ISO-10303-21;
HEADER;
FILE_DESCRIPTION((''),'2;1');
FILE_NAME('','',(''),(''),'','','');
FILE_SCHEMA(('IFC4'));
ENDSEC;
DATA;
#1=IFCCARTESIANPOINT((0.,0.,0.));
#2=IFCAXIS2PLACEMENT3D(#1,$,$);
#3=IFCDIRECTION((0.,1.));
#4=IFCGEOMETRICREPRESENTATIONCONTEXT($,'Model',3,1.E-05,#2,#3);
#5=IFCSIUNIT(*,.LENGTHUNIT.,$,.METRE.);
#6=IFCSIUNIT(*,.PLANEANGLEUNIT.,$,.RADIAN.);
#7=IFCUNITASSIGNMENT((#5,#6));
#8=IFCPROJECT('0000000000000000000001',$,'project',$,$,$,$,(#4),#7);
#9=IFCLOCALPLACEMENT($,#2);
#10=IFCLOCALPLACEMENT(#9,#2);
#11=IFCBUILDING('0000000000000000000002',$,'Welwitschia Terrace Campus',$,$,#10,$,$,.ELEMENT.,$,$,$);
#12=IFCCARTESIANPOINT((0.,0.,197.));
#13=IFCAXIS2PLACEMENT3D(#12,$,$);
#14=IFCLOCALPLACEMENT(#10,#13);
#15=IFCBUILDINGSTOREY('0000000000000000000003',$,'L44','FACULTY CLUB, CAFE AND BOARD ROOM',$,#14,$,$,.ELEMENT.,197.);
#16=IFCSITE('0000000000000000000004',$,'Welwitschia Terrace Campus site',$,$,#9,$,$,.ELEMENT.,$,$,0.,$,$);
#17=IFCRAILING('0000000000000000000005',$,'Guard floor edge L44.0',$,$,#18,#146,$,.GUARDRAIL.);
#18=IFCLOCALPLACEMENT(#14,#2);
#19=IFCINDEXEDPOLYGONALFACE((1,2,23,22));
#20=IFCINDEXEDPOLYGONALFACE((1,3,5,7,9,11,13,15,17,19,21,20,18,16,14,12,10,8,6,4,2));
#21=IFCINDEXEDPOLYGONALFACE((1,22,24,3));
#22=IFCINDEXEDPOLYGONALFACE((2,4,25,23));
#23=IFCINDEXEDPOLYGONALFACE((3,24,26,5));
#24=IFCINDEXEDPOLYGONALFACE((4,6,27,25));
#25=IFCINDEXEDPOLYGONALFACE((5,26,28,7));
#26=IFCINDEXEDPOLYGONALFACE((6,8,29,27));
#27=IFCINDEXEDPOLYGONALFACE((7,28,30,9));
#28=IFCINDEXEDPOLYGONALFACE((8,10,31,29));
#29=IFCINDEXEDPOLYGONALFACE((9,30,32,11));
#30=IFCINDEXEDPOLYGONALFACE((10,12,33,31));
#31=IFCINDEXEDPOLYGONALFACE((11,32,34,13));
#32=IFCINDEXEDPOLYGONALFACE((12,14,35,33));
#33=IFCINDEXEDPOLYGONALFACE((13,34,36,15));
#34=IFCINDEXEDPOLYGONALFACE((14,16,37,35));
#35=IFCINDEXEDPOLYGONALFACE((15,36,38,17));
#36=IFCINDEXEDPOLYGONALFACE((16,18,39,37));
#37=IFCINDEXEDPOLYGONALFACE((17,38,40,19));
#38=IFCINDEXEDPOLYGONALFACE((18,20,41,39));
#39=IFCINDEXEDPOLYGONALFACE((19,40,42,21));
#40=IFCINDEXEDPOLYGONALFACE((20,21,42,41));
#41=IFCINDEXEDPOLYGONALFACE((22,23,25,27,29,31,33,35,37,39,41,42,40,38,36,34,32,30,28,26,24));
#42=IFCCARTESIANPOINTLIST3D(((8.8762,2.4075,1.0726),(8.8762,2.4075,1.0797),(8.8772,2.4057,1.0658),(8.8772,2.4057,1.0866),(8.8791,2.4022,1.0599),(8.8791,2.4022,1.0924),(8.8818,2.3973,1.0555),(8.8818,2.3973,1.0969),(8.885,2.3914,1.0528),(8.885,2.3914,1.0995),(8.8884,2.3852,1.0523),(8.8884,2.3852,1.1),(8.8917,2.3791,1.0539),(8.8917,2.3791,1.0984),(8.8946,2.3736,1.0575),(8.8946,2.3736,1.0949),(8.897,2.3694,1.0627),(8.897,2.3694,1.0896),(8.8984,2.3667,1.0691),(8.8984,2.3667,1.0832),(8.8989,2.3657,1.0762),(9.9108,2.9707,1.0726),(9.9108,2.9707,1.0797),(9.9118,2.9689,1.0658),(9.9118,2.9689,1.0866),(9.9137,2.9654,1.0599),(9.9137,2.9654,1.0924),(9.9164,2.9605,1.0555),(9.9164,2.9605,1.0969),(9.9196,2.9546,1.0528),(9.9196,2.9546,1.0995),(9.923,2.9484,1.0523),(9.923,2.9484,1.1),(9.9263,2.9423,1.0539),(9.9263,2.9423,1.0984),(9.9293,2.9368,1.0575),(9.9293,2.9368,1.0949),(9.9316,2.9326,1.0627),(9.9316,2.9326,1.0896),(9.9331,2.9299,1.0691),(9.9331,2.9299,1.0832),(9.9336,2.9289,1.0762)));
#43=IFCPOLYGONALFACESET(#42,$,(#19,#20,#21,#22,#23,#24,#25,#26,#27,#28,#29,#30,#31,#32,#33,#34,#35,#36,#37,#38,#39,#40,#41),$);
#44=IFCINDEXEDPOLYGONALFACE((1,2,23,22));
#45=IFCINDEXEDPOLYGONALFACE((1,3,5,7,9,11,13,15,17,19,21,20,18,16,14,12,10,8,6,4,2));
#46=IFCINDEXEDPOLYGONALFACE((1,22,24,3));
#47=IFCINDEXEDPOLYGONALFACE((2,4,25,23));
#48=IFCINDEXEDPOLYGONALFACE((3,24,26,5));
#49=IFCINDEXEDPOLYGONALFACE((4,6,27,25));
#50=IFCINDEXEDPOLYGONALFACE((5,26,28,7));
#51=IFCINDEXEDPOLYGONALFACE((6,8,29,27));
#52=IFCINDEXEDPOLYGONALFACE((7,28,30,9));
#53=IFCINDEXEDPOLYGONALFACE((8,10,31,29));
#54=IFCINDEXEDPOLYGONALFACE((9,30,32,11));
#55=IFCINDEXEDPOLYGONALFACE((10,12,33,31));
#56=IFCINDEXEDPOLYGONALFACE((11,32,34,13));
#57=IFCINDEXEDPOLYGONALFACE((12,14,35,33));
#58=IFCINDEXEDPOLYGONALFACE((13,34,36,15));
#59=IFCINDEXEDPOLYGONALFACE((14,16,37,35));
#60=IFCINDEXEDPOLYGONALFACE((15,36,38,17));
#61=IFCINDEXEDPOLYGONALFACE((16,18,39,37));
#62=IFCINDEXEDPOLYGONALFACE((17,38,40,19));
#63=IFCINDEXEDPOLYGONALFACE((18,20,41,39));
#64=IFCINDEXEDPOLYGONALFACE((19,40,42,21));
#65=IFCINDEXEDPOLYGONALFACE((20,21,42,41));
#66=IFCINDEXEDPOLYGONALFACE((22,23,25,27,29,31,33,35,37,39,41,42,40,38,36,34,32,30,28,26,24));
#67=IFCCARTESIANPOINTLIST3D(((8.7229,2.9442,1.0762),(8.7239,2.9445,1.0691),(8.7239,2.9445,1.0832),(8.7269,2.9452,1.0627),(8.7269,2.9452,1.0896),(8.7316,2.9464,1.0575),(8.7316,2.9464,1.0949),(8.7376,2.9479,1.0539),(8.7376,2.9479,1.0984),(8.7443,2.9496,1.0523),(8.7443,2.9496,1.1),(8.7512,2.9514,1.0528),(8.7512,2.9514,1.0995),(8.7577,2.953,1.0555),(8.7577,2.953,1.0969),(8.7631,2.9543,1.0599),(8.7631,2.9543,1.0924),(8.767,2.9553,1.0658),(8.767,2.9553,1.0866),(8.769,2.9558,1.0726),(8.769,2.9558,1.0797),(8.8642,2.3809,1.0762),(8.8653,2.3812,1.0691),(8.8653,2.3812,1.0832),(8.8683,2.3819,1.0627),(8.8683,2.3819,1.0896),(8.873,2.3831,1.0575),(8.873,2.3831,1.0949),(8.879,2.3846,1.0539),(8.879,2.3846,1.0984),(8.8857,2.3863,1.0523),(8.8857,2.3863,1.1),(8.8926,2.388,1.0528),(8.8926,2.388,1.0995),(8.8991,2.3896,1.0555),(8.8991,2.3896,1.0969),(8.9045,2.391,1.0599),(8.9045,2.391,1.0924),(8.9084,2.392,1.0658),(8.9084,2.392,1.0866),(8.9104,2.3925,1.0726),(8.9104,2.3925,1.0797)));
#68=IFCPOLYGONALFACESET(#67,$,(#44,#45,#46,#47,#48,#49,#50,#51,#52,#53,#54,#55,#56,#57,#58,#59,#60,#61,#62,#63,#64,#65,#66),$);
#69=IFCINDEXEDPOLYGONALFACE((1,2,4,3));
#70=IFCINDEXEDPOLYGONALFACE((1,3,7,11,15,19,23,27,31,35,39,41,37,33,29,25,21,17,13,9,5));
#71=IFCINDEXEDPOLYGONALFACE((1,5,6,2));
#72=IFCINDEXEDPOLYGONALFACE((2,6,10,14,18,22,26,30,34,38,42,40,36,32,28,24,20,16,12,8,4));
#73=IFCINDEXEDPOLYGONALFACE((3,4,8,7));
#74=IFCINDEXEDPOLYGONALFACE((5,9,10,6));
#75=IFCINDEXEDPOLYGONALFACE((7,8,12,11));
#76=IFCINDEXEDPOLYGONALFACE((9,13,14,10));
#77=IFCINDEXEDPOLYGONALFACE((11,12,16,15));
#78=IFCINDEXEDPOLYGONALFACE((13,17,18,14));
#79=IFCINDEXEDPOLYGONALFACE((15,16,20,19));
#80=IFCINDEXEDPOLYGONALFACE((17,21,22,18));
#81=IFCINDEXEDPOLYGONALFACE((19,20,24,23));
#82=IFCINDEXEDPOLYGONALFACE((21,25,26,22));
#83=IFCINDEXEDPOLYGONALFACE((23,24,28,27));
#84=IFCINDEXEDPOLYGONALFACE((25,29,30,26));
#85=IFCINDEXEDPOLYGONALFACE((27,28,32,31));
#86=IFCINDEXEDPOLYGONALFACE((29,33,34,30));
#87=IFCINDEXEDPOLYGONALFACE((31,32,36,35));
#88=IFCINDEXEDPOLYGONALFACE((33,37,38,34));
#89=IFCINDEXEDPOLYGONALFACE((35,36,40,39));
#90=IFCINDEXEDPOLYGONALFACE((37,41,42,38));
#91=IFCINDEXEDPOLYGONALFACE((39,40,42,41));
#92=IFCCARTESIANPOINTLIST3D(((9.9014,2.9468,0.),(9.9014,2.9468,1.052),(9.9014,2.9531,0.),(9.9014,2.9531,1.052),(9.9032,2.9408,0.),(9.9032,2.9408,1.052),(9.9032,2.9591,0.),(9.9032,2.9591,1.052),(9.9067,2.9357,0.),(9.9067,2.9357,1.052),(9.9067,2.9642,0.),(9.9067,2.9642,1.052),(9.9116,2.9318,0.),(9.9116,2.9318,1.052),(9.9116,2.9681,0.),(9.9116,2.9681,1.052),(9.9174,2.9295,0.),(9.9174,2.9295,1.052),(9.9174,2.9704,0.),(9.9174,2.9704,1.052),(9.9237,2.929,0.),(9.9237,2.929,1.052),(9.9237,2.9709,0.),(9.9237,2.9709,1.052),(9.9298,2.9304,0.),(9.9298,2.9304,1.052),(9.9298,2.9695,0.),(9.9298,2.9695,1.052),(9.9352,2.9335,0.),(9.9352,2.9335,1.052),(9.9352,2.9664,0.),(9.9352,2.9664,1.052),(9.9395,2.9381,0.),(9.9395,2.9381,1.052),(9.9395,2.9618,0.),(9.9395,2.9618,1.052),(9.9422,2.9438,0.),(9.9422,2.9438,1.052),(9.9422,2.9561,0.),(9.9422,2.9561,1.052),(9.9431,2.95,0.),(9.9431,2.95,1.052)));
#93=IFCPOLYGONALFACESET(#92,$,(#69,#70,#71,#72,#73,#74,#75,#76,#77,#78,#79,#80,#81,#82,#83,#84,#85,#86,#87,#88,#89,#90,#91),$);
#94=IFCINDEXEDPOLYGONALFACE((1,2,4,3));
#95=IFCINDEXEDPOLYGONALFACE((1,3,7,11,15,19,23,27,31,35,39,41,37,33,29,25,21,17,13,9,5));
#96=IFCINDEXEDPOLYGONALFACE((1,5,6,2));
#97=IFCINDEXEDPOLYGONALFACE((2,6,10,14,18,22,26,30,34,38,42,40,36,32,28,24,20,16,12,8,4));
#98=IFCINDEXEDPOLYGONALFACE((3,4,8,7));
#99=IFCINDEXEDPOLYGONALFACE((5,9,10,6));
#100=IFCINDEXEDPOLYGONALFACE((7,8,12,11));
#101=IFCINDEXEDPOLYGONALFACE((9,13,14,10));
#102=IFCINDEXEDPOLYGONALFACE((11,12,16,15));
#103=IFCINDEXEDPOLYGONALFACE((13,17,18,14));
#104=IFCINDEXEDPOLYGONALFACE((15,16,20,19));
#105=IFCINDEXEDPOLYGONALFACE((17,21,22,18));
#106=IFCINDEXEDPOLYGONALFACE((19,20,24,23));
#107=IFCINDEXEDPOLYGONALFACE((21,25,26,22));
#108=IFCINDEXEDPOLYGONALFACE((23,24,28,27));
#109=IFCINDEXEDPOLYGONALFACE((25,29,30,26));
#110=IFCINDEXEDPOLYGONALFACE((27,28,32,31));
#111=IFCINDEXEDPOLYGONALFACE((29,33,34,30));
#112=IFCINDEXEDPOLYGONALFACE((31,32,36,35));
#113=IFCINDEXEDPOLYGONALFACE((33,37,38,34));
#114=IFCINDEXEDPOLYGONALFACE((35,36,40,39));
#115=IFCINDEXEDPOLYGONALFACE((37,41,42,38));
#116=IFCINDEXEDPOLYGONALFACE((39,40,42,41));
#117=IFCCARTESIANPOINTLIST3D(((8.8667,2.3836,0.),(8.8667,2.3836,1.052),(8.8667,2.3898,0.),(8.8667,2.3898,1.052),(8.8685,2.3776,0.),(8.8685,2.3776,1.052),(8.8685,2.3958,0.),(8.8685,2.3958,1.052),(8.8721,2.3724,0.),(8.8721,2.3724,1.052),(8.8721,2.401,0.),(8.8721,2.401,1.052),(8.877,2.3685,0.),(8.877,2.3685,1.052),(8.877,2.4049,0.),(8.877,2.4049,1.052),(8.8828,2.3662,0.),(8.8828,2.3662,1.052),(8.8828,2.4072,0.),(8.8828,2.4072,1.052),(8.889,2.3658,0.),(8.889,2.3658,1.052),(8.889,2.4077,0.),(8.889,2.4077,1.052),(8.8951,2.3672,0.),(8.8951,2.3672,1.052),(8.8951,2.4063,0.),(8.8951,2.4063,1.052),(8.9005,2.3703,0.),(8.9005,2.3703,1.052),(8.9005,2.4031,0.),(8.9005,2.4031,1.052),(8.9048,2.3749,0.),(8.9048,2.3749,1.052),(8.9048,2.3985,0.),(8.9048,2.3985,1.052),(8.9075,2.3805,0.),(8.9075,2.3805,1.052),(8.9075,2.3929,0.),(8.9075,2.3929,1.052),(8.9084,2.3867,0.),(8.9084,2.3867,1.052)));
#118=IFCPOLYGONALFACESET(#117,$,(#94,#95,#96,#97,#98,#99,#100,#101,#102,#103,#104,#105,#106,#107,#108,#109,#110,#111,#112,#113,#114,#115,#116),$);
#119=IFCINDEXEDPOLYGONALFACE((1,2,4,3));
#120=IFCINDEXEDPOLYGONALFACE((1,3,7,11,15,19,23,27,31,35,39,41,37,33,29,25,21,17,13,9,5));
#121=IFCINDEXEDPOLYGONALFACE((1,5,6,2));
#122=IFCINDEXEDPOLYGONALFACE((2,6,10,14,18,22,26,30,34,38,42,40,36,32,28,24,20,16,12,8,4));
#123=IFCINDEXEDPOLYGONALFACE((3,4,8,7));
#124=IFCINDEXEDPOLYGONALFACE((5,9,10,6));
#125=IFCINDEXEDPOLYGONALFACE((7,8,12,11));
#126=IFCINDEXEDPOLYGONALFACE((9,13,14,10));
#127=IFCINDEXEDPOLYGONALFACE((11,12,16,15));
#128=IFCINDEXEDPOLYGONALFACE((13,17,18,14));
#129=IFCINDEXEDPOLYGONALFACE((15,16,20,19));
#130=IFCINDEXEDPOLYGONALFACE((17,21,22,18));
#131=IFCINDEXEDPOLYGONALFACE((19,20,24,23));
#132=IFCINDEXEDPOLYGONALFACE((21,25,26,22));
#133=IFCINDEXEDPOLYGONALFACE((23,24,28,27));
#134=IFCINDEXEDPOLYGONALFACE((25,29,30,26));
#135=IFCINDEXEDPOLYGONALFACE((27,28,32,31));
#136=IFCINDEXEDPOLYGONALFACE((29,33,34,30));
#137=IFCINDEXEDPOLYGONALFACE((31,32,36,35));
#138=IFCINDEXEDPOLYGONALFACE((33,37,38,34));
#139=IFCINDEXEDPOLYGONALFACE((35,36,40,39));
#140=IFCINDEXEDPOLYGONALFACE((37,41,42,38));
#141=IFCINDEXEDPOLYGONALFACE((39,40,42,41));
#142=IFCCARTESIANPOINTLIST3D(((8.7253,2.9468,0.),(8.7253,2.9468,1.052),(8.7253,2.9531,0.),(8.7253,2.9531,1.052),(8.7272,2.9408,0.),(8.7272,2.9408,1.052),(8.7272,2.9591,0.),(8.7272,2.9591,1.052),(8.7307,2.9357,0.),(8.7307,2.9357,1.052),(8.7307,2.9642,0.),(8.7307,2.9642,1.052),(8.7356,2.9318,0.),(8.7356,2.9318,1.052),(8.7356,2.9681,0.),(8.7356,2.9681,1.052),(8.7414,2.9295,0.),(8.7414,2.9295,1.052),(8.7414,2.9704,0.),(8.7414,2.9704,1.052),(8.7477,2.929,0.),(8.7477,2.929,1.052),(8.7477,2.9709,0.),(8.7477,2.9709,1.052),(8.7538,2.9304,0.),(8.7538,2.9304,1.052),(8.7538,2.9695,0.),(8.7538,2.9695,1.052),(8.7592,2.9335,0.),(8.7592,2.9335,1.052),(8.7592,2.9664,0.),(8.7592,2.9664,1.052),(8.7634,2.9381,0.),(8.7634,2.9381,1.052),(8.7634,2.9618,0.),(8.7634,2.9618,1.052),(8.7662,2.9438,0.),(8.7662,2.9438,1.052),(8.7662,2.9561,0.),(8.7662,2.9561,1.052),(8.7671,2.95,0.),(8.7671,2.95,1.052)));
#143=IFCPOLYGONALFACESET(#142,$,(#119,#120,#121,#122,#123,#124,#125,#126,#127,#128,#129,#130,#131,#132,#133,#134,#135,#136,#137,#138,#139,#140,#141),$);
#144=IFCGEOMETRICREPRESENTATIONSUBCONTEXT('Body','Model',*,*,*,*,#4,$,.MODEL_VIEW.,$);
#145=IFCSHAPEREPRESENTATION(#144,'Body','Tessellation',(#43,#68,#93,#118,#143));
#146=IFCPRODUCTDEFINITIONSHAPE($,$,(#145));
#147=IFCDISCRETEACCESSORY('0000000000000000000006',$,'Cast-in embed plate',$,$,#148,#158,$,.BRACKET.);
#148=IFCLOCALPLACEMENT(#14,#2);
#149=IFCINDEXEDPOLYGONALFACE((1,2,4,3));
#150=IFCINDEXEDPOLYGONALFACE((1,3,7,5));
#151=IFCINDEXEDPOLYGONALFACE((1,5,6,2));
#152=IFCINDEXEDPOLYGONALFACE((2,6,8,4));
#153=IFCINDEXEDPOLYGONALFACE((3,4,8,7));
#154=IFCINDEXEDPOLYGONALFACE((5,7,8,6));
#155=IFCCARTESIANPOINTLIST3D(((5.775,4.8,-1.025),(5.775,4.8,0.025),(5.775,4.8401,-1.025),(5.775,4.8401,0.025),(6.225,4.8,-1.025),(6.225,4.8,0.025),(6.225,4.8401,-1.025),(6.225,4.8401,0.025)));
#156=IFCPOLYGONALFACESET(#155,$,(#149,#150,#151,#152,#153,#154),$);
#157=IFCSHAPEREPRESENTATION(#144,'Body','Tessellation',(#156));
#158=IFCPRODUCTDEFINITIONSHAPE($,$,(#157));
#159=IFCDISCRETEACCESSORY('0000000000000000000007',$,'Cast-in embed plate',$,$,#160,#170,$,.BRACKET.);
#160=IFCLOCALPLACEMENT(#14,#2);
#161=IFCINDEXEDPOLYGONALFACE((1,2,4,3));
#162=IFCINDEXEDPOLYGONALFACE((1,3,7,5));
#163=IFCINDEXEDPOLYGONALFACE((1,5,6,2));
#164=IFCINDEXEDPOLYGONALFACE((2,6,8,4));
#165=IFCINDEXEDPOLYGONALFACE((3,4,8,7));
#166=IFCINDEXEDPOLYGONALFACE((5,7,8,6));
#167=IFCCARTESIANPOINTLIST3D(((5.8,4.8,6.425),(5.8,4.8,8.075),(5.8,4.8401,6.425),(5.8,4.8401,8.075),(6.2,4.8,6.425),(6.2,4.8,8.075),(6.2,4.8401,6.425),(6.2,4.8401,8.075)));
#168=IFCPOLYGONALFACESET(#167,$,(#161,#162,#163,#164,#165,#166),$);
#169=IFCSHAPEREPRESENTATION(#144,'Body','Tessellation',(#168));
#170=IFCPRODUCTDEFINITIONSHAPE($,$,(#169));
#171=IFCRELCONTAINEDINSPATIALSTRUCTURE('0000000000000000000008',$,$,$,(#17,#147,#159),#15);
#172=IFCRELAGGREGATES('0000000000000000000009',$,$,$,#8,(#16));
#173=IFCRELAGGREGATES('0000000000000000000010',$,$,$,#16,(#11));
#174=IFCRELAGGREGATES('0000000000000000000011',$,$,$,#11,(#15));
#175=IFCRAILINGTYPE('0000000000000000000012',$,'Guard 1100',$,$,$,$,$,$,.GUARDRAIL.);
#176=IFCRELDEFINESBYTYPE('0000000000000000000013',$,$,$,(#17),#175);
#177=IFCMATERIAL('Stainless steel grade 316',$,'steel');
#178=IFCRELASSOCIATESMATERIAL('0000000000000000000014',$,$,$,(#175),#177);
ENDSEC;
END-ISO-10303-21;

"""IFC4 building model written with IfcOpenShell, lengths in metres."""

from ifc_helpers import new_model, si_unit, direction, frame, origin, origin_2d, place, context, subcontext, project, spatial, rectangle, circle, extrude, material, type_object, element, save


model = new_model("IFC4")

# Units and contexts
model_context = context("Model", 3, precision=1e-05, world=origin(), true_north=direction((0.0, 1.0)))
body_context = subcontext(model_context, "Body", "Model", "MODEL_VIEW")
ifc_project = project(units=[si_unit("LENGTHUNIT", "METRE"), si_unit("PLANEANGLEUNIT", "RADIAN")], contexts=[model_context])

# Site, building, storey
site_placement = place(None, origin())
site = spatial("IfcSite", under=ifc_project, at=site_placement, Name="Welwitschia Terrace Campus site", CompositionType="ELEMENT", RefElevation=0.0)
building_placement = place(site_placement, origin())
building = spatial("IfcBuilding", under=site, at=building_placement, Name="Welwitschia Terrace Campus", CompositionType="ELEMENT")
storey_placement = place(building_placement, frame((0.0, 0.0, 197.0)))
storey = spatial("IfcBuildingStorey", under=building, at=storey_placement, Name="L44", Description="FACULTY CLUB, CAFE AND BOARD ROOM", CompositionType="ELEMENT", Elevation=197.0)

# Railing
ifc_material_1 = material(Name="Stainless steel grade 316", Category="steel")
railing_type_1 = type_object("IfcRailingType", Name="Guard 1100", PredefinedType="GUARDRAIL", material=ifc_material_1)
railing_1_placement = place(storey_placement, frame((9.9221, 2.95, 0.0)))
element("IfcRailing", 1, at=railing_1_placement, inside=storey, type_object=railing_type_1, Name="Guard floor edge L44.0", PredefinedType="GUARDRAIL", context=body_context, shape_type="SweptSolid", body=[
    extrude(circle(Radius=0.0239, at=origin_2d()), frame((0.0, 0.0, 1.0762), z_axis=(-0.878299, -0.478111, 0.0), x_axis=(0.478111, -0.878299, 0.0)), (0.0, 0.0, 1.0), 1.178),
    extrude(circle(Radius=0.0239, at=origin_2d()), frame((-1.0347, -0.5632, 1.0762), z_axis=(-0.243426, 0.96992, 0.0), x_axis=(-0.96992, -0.243426, 0.0)), (0.0, 0.0, 1.0), 0.5808),
    extrude(circle(Radius=0.021, at=origin_2d()), origin(), (0.0, 0.0, 1.0), 1.052),
    extrude(circle(Radius=0.021, at=origin_2d()), frame((-1.0347, -0.5632, 0.0)), (0.0, 0.0, 1.0), 1.052),
    extrude(circle(Radius=0.021, at=origin_2d()), frame((-1.176, 0.0, 0.0)), (0.0, 0.0, 1.0), 1.052),
])

# Discrete accessories
discrete_accessory_1_placement = place(storey_placement, frame((6.0, 4.8, -0.5), z_axis=(0.0, 1.0, 0.0), x_axis=(-1.0, 0.0, 0.0)))
element("IfcDiscreteAccessory", 2, at=discrete_accessory_1_placement, inside=storey, Name="Cast-in embed plate", PredefinedType="BRACKET", context=body_context, shape_type="SweptSolid", body=[
    extrude(rectangle(XDim=0.45, YDim=1.05, at=origin_2d()), origin(), (0.0, 0.0, 1.0), 0.04),
])
discrete_accessory_2_placement = place(storey_placement, frame((6.0, 4.8, 7.25), z_axis=(0.0, 1.0, 0.0), x_axis=(-1.0, 0.0, 0.0)))
element("IfcDiscreteAccessory", 3, at=discrete_accessory_2_placement, inside=storey, Name="Cast-in embed plate", PredefinedType="BRACKET", context=body_context, shape_type="SweptSolid", body=[
    extrude(rectangle(XDim=0.3999, YDim=1.6499, at=origin_2d()), origin(), (0.0, 0.0, 1.0), 0.04),
])

save(model, "model.ifc")
